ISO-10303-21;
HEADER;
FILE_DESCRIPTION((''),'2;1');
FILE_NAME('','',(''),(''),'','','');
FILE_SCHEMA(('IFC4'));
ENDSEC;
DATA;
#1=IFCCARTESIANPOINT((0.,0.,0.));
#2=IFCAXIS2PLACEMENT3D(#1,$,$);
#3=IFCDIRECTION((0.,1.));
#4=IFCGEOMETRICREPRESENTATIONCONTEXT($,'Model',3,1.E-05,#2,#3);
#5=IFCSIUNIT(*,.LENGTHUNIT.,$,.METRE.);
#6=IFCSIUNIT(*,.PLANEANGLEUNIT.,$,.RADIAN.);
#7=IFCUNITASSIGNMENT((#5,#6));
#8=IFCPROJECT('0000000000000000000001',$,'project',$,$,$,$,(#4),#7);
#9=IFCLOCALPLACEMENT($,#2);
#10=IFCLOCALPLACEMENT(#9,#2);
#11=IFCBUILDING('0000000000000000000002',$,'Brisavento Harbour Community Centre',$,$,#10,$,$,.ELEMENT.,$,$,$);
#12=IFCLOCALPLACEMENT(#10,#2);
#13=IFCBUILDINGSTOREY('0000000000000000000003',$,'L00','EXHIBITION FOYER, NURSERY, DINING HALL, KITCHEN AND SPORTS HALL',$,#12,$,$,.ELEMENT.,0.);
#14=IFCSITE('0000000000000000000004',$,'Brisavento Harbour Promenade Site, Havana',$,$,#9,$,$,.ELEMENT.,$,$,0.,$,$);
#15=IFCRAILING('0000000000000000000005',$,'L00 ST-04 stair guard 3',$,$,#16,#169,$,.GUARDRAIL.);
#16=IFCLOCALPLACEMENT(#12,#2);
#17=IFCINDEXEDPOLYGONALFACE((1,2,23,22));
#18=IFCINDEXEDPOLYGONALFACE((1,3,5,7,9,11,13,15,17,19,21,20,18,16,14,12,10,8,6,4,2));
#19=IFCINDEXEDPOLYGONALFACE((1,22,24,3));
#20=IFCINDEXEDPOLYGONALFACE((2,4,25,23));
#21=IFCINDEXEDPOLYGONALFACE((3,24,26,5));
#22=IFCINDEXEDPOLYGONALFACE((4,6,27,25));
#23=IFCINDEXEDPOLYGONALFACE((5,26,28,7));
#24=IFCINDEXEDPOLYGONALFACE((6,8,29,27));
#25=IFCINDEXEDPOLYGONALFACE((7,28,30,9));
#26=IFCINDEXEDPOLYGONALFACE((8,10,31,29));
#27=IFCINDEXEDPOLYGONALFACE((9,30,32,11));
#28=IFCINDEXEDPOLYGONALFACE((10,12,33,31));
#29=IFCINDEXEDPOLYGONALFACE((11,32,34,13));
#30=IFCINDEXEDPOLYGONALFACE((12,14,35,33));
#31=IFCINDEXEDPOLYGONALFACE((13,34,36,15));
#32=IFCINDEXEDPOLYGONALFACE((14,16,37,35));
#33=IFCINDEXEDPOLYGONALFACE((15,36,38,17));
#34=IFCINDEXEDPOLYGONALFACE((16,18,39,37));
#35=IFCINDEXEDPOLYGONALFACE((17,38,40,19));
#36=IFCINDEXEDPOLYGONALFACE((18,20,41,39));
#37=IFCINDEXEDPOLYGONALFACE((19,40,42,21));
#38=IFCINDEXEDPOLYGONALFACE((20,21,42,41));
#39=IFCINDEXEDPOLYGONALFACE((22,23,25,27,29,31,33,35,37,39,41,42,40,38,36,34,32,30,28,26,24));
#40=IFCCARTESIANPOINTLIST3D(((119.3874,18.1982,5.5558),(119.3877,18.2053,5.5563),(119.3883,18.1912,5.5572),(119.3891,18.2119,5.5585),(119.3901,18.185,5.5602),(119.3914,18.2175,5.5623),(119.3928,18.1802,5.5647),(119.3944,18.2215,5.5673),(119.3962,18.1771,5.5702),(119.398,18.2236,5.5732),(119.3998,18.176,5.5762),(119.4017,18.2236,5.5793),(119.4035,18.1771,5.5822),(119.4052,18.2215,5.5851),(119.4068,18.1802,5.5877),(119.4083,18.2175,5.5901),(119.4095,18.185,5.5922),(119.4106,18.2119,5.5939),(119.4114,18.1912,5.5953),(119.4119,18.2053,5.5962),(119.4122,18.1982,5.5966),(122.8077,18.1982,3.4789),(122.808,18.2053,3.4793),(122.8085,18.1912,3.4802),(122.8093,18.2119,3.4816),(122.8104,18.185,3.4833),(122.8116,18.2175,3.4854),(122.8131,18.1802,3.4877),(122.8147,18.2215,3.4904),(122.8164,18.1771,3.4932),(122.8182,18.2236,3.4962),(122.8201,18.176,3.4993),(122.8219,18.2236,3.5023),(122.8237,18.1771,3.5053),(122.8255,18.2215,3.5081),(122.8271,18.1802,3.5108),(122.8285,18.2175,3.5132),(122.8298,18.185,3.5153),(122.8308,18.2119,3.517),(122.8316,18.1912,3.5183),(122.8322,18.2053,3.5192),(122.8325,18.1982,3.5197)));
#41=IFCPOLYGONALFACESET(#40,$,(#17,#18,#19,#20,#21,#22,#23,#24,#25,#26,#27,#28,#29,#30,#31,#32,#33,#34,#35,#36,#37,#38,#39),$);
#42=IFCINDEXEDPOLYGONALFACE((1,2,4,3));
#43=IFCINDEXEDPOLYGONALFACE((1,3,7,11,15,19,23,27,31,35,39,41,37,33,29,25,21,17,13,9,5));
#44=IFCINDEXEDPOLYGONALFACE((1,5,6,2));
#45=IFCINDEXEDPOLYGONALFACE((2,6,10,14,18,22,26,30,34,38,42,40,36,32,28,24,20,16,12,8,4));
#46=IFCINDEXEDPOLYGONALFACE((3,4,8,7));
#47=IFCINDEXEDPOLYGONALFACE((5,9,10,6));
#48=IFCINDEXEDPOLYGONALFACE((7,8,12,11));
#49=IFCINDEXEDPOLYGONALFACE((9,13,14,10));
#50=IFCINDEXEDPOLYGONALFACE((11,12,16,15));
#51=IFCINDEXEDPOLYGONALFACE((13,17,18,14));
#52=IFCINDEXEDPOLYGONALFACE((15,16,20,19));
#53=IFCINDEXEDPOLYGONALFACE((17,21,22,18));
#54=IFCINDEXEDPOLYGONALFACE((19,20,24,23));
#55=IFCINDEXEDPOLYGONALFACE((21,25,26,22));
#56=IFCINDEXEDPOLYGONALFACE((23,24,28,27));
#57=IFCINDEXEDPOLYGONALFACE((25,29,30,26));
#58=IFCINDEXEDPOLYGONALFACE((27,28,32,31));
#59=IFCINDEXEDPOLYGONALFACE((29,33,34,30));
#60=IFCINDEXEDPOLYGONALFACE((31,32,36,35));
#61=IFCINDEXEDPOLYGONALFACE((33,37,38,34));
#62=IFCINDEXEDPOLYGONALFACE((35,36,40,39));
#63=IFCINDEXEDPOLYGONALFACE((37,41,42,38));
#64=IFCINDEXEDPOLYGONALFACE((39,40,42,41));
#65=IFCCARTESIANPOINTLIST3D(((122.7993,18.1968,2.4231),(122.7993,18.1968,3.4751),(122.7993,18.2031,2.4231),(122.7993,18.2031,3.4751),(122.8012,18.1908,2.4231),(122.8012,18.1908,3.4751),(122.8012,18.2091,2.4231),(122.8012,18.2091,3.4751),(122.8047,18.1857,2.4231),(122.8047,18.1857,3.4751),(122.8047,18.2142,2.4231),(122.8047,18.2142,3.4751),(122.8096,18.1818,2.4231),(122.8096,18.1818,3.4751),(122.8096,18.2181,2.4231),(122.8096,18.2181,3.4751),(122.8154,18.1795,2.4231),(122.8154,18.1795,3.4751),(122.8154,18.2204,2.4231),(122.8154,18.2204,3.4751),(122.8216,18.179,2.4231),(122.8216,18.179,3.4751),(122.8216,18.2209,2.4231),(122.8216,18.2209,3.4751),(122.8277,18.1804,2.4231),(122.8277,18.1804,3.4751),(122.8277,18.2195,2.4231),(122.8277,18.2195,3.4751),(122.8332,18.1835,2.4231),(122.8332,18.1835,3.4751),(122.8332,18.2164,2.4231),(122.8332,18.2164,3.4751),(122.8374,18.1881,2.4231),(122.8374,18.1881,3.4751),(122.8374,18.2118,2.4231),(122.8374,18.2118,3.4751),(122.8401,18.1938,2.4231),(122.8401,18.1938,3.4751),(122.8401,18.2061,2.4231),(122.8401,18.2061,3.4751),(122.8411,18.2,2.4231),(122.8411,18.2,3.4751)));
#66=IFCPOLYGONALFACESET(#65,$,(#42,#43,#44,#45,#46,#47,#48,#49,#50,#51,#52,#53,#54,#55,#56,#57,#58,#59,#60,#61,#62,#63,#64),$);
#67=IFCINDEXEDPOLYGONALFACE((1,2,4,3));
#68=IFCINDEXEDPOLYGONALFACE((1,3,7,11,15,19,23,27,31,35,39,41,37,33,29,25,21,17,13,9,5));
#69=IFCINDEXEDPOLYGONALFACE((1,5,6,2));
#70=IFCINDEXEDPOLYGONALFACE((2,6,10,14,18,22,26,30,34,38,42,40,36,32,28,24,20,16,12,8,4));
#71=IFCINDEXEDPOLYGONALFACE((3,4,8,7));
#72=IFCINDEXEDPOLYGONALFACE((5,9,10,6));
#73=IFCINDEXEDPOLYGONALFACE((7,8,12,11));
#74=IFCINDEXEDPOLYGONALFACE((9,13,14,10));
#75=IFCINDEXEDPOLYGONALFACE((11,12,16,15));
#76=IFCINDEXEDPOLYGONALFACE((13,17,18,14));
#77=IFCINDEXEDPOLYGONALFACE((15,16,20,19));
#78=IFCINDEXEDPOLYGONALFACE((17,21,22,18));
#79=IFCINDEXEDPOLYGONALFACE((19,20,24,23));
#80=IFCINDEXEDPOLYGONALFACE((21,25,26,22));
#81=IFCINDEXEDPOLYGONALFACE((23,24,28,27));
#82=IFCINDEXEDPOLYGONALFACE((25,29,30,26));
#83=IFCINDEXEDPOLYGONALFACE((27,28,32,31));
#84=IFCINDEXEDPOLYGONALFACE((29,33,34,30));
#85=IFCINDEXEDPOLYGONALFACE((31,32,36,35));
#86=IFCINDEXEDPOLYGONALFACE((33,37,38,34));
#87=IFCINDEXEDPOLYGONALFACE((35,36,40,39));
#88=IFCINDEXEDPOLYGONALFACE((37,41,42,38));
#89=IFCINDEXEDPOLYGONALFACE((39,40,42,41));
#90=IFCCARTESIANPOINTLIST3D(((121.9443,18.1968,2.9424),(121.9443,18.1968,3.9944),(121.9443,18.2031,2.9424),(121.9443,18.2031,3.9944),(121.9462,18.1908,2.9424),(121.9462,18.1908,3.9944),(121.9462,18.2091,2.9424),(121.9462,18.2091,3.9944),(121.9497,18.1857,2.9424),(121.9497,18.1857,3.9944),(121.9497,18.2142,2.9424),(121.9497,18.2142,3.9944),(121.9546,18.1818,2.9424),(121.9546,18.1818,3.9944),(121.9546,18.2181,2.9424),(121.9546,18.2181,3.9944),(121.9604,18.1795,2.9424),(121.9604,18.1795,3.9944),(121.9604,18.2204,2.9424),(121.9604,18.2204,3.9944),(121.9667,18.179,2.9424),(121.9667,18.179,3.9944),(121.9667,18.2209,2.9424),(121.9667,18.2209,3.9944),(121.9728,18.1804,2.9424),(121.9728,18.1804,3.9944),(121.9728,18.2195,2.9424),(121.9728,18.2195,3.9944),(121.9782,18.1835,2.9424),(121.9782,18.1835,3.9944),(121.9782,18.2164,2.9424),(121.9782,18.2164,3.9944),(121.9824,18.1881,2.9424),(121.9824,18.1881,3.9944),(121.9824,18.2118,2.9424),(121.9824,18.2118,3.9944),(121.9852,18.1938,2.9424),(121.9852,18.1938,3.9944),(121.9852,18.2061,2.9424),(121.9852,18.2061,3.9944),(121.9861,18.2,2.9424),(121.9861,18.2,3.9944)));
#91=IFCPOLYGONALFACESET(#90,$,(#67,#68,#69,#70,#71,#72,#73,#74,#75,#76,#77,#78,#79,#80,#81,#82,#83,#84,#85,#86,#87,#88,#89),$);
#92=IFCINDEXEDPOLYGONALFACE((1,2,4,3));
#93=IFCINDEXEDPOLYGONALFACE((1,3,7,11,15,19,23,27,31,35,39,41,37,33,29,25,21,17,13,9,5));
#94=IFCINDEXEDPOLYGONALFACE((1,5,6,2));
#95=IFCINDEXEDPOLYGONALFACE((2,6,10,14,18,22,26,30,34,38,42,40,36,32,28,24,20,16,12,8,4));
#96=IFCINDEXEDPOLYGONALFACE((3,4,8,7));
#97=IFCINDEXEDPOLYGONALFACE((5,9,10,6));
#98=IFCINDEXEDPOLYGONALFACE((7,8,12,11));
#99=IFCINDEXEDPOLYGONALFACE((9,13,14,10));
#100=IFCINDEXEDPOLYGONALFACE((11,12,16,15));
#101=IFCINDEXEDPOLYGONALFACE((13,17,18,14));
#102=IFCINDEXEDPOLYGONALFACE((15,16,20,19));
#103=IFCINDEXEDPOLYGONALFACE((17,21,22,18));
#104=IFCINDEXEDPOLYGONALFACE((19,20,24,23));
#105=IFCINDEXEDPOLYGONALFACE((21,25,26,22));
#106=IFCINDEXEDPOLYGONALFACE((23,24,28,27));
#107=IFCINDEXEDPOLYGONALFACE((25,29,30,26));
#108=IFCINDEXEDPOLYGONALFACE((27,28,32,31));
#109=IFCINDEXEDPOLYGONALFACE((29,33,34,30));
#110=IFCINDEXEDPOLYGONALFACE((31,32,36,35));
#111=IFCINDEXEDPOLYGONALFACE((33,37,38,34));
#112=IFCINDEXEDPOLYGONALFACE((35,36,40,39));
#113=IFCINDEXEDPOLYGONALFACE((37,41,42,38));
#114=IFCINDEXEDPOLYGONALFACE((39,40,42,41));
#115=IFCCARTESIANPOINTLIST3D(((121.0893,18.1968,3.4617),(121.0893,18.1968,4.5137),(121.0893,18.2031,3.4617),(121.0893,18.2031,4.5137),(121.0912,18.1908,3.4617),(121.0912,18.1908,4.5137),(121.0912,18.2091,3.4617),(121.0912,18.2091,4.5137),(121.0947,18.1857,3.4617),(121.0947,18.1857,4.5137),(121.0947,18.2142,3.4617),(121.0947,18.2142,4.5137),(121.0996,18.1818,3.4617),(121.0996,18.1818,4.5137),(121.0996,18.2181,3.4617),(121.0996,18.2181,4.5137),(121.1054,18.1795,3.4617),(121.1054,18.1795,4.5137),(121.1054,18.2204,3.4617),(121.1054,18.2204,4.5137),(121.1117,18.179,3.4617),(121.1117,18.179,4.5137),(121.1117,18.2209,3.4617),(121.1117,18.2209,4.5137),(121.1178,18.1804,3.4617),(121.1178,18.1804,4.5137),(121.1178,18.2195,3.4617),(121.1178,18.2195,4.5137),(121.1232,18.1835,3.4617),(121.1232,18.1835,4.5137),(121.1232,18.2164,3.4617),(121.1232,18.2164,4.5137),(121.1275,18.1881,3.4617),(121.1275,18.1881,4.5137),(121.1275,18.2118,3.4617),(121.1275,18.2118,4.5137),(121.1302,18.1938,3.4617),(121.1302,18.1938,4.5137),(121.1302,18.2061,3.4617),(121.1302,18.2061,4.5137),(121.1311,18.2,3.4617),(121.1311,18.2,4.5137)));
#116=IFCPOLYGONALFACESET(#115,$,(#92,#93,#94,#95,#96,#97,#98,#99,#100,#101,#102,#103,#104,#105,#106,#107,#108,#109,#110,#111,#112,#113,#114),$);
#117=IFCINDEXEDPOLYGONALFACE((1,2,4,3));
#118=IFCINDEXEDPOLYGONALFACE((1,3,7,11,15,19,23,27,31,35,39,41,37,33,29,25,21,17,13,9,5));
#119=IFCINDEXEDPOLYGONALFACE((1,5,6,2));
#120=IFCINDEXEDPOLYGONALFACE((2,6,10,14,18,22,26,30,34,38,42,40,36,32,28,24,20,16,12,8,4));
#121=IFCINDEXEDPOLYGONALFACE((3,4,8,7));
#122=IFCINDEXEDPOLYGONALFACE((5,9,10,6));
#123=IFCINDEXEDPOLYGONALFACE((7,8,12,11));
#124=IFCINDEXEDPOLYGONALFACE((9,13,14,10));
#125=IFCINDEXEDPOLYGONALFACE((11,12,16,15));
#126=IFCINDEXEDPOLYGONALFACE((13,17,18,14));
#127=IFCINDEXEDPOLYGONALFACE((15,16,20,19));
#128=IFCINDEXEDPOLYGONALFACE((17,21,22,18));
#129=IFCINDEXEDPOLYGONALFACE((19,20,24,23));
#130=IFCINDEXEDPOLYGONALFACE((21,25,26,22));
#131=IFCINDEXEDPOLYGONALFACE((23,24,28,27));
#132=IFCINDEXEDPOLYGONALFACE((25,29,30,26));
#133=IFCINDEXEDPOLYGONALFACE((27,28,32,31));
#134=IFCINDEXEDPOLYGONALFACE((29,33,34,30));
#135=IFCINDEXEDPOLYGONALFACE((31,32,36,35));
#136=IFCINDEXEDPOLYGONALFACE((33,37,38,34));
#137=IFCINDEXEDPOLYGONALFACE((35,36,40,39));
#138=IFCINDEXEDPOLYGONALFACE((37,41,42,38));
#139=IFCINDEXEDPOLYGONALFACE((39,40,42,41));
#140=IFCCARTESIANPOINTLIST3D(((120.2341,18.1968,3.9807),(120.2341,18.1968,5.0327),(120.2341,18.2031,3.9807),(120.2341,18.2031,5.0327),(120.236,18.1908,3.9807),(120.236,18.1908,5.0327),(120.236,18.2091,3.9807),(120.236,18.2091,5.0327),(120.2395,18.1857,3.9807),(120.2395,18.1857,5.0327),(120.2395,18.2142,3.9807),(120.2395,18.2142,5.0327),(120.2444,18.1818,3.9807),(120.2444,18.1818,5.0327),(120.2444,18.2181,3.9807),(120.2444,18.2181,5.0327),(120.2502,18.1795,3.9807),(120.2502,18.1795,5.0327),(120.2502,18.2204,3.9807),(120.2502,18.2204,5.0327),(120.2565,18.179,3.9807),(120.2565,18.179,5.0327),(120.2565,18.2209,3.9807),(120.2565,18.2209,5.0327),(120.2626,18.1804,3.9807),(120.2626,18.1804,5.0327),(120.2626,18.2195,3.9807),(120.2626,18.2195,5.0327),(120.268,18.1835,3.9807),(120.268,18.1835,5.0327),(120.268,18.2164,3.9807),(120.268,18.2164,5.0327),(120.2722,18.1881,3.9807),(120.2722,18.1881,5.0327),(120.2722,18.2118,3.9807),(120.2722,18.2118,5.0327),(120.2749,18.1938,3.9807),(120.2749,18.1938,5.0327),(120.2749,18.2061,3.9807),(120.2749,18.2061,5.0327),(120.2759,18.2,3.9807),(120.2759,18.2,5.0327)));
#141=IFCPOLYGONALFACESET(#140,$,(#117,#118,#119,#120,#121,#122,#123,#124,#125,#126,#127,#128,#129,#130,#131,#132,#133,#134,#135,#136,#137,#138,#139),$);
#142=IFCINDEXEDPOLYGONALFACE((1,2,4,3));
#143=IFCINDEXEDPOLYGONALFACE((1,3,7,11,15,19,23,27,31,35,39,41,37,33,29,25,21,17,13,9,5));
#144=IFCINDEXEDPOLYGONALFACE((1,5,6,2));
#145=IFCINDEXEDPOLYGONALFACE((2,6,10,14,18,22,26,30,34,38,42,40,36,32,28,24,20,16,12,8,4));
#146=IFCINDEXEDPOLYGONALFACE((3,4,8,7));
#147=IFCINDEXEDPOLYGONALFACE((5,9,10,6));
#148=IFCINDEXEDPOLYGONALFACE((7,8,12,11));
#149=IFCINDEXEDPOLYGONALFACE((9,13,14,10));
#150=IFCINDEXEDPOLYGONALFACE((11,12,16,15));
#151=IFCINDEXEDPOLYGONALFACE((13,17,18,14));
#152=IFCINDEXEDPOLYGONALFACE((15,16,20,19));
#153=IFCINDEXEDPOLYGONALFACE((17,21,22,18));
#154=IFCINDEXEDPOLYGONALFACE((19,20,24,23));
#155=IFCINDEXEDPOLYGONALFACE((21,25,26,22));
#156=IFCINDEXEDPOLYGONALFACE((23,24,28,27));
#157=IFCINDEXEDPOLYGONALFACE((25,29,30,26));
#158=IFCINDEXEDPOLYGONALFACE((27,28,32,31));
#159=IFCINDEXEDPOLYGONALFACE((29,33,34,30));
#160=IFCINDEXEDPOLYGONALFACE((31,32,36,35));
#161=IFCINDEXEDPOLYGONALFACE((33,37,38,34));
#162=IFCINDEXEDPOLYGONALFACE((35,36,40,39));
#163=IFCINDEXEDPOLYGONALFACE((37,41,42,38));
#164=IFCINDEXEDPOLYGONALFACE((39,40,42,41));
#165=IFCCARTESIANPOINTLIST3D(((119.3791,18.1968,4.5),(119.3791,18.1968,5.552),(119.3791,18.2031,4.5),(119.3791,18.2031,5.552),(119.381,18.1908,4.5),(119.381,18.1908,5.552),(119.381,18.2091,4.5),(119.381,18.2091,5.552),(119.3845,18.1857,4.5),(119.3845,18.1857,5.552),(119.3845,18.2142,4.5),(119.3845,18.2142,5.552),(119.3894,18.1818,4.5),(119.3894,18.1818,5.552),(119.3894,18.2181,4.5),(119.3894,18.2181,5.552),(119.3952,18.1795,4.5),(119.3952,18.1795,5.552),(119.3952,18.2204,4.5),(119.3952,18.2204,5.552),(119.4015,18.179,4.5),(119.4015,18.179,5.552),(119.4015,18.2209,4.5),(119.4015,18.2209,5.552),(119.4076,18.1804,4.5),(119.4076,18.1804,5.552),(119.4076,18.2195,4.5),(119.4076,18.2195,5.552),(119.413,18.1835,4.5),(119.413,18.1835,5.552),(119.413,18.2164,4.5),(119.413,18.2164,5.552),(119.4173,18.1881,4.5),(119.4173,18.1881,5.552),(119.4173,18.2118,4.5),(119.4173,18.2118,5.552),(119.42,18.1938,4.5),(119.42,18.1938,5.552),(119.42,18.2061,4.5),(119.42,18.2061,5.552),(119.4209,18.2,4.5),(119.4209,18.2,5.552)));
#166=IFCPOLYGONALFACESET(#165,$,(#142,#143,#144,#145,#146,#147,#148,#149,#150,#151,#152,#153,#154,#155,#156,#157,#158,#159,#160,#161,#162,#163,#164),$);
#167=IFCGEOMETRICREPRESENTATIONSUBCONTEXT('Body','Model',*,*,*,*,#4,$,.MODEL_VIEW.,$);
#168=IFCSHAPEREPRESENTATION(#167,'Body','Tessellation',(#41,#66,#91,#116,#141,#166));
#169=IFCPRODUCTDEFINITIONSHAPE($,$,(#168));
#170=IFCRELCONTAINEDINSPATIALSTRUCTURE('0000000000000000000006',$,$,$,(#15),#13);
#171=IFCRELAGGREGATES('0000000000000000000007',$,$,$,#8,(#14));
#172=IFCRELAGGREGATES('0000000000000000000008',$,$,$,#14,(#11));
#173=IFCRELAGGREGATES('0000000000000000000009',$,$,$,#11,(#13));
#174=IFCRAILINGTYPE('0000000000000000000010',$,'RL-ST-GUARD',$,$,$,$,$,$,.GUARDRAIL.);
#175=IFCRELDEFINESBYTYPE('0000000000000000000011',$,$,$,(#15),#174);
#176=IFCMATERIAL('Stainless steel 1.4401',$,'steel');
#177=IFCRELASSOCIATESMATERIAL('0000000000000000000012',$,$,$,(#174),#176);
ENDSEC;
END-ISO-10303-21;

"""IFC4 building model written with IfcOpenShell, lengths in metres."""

from ifc_helpers import new_model, si_unit, direction, frame, origin, origin_2d, place, context, subcontext, project, spatial, circle, extrude, material, type_object, element, save


model = new_model("IFC4")

# Units and contexts
model_context = context("Model", 3, precision=1e-05, world=origin(), true_north=direction((0.0, 1.0)))
body_context = subcontext(model_context, "Body", "Model", "MODEL_VIEW")
ifc_project = project(units=[si_unit("LENGTHUNIT", "METRE"), si_unit("PLANEANGLEUNIT", "RADIAN")], contexts=[model_context])

# Site, building, storey
site_placement = place(None, origin())
site = spatial("IfcSite", under=ifc_project, at=site_placement, Name="Brisavento Harbour Promenade Site, Havana", CompositionType="ELEMENT", RefElevation=0.0)
building_placement = place(site_placement, origin())
building = spatial("IfcBuilding", under=site, at=building_placement, Name="Brisavento Harbour Community Centre", CompositionType="ELEMENT")
storey_placement = place(building_placement, origin())
storey = spatial("IfcBuildingStorey", under=building, at=storey_placement, Name="L00", Description="EXHIBITION FOYER, NURSERY, DINING HALL, KITCHEN AND SPORTS HALL", CompositionType="ELEMENT", Elevation=0.0)

# Railing
ifc_material_1 = material(Name="Stainless steel 1.4401", Category="steel")
railing_type_1 = type_object("IfcRailingType", Name="RL-ST-GUARD", PredefinedType="GUARDRAIL", material=ifc_material_1)
railing_1_placement = place(storey_placement, frame((122.8201, 18.2, 2.4231)))
element("IfcRailing", 1, at=railing_1_placement, inside=storey, type_object=railing_type_1, Name="L00 ST-04 stair guard 3", PredefinedType="GUARDRAIL", context=body_context, shape_type="SweptSolid", body=[
    extrude(circle(Radius=0.0239, at=origin_2d()), frame((0.0, 0.0, 1.0762), z_axis=(-0.854746, 0.0, 0.519047), x_axis=(0.0, -1.0, 0.0)), (0.0, 0.0, 1.0), 4.0015),
    extrude(circle(Radius=0.021, at=origin_2d()), origin(), (0.0, 0.0, 1.0), 1.052),
    extrude(circle(Radius=0.021, at=origin_2d()), frame((-0.855, 0.0, 0.5193)), (0.0, 0.0, 1.0), 1.052),
    extrude(circle(Radius=0.021, at=origin_2d()), frame((-1.71, 0.0, 1.0386)), (0.0, 0.0, 1.0), 1.052),
    extrude(circle(Radius=0.021, at=origin_2d()), frame((-2.5652, 0.0, 1.5576)), (0.0, 0.0, 1.0), 1.052),
    extrude(circle(Radius=0.021, at=origin_2d()), frame((-3.4202, 0.0, 2.0769)), (0.0, 0.0, 1.0), 1.052),
])

save(model, "model.ifc")
